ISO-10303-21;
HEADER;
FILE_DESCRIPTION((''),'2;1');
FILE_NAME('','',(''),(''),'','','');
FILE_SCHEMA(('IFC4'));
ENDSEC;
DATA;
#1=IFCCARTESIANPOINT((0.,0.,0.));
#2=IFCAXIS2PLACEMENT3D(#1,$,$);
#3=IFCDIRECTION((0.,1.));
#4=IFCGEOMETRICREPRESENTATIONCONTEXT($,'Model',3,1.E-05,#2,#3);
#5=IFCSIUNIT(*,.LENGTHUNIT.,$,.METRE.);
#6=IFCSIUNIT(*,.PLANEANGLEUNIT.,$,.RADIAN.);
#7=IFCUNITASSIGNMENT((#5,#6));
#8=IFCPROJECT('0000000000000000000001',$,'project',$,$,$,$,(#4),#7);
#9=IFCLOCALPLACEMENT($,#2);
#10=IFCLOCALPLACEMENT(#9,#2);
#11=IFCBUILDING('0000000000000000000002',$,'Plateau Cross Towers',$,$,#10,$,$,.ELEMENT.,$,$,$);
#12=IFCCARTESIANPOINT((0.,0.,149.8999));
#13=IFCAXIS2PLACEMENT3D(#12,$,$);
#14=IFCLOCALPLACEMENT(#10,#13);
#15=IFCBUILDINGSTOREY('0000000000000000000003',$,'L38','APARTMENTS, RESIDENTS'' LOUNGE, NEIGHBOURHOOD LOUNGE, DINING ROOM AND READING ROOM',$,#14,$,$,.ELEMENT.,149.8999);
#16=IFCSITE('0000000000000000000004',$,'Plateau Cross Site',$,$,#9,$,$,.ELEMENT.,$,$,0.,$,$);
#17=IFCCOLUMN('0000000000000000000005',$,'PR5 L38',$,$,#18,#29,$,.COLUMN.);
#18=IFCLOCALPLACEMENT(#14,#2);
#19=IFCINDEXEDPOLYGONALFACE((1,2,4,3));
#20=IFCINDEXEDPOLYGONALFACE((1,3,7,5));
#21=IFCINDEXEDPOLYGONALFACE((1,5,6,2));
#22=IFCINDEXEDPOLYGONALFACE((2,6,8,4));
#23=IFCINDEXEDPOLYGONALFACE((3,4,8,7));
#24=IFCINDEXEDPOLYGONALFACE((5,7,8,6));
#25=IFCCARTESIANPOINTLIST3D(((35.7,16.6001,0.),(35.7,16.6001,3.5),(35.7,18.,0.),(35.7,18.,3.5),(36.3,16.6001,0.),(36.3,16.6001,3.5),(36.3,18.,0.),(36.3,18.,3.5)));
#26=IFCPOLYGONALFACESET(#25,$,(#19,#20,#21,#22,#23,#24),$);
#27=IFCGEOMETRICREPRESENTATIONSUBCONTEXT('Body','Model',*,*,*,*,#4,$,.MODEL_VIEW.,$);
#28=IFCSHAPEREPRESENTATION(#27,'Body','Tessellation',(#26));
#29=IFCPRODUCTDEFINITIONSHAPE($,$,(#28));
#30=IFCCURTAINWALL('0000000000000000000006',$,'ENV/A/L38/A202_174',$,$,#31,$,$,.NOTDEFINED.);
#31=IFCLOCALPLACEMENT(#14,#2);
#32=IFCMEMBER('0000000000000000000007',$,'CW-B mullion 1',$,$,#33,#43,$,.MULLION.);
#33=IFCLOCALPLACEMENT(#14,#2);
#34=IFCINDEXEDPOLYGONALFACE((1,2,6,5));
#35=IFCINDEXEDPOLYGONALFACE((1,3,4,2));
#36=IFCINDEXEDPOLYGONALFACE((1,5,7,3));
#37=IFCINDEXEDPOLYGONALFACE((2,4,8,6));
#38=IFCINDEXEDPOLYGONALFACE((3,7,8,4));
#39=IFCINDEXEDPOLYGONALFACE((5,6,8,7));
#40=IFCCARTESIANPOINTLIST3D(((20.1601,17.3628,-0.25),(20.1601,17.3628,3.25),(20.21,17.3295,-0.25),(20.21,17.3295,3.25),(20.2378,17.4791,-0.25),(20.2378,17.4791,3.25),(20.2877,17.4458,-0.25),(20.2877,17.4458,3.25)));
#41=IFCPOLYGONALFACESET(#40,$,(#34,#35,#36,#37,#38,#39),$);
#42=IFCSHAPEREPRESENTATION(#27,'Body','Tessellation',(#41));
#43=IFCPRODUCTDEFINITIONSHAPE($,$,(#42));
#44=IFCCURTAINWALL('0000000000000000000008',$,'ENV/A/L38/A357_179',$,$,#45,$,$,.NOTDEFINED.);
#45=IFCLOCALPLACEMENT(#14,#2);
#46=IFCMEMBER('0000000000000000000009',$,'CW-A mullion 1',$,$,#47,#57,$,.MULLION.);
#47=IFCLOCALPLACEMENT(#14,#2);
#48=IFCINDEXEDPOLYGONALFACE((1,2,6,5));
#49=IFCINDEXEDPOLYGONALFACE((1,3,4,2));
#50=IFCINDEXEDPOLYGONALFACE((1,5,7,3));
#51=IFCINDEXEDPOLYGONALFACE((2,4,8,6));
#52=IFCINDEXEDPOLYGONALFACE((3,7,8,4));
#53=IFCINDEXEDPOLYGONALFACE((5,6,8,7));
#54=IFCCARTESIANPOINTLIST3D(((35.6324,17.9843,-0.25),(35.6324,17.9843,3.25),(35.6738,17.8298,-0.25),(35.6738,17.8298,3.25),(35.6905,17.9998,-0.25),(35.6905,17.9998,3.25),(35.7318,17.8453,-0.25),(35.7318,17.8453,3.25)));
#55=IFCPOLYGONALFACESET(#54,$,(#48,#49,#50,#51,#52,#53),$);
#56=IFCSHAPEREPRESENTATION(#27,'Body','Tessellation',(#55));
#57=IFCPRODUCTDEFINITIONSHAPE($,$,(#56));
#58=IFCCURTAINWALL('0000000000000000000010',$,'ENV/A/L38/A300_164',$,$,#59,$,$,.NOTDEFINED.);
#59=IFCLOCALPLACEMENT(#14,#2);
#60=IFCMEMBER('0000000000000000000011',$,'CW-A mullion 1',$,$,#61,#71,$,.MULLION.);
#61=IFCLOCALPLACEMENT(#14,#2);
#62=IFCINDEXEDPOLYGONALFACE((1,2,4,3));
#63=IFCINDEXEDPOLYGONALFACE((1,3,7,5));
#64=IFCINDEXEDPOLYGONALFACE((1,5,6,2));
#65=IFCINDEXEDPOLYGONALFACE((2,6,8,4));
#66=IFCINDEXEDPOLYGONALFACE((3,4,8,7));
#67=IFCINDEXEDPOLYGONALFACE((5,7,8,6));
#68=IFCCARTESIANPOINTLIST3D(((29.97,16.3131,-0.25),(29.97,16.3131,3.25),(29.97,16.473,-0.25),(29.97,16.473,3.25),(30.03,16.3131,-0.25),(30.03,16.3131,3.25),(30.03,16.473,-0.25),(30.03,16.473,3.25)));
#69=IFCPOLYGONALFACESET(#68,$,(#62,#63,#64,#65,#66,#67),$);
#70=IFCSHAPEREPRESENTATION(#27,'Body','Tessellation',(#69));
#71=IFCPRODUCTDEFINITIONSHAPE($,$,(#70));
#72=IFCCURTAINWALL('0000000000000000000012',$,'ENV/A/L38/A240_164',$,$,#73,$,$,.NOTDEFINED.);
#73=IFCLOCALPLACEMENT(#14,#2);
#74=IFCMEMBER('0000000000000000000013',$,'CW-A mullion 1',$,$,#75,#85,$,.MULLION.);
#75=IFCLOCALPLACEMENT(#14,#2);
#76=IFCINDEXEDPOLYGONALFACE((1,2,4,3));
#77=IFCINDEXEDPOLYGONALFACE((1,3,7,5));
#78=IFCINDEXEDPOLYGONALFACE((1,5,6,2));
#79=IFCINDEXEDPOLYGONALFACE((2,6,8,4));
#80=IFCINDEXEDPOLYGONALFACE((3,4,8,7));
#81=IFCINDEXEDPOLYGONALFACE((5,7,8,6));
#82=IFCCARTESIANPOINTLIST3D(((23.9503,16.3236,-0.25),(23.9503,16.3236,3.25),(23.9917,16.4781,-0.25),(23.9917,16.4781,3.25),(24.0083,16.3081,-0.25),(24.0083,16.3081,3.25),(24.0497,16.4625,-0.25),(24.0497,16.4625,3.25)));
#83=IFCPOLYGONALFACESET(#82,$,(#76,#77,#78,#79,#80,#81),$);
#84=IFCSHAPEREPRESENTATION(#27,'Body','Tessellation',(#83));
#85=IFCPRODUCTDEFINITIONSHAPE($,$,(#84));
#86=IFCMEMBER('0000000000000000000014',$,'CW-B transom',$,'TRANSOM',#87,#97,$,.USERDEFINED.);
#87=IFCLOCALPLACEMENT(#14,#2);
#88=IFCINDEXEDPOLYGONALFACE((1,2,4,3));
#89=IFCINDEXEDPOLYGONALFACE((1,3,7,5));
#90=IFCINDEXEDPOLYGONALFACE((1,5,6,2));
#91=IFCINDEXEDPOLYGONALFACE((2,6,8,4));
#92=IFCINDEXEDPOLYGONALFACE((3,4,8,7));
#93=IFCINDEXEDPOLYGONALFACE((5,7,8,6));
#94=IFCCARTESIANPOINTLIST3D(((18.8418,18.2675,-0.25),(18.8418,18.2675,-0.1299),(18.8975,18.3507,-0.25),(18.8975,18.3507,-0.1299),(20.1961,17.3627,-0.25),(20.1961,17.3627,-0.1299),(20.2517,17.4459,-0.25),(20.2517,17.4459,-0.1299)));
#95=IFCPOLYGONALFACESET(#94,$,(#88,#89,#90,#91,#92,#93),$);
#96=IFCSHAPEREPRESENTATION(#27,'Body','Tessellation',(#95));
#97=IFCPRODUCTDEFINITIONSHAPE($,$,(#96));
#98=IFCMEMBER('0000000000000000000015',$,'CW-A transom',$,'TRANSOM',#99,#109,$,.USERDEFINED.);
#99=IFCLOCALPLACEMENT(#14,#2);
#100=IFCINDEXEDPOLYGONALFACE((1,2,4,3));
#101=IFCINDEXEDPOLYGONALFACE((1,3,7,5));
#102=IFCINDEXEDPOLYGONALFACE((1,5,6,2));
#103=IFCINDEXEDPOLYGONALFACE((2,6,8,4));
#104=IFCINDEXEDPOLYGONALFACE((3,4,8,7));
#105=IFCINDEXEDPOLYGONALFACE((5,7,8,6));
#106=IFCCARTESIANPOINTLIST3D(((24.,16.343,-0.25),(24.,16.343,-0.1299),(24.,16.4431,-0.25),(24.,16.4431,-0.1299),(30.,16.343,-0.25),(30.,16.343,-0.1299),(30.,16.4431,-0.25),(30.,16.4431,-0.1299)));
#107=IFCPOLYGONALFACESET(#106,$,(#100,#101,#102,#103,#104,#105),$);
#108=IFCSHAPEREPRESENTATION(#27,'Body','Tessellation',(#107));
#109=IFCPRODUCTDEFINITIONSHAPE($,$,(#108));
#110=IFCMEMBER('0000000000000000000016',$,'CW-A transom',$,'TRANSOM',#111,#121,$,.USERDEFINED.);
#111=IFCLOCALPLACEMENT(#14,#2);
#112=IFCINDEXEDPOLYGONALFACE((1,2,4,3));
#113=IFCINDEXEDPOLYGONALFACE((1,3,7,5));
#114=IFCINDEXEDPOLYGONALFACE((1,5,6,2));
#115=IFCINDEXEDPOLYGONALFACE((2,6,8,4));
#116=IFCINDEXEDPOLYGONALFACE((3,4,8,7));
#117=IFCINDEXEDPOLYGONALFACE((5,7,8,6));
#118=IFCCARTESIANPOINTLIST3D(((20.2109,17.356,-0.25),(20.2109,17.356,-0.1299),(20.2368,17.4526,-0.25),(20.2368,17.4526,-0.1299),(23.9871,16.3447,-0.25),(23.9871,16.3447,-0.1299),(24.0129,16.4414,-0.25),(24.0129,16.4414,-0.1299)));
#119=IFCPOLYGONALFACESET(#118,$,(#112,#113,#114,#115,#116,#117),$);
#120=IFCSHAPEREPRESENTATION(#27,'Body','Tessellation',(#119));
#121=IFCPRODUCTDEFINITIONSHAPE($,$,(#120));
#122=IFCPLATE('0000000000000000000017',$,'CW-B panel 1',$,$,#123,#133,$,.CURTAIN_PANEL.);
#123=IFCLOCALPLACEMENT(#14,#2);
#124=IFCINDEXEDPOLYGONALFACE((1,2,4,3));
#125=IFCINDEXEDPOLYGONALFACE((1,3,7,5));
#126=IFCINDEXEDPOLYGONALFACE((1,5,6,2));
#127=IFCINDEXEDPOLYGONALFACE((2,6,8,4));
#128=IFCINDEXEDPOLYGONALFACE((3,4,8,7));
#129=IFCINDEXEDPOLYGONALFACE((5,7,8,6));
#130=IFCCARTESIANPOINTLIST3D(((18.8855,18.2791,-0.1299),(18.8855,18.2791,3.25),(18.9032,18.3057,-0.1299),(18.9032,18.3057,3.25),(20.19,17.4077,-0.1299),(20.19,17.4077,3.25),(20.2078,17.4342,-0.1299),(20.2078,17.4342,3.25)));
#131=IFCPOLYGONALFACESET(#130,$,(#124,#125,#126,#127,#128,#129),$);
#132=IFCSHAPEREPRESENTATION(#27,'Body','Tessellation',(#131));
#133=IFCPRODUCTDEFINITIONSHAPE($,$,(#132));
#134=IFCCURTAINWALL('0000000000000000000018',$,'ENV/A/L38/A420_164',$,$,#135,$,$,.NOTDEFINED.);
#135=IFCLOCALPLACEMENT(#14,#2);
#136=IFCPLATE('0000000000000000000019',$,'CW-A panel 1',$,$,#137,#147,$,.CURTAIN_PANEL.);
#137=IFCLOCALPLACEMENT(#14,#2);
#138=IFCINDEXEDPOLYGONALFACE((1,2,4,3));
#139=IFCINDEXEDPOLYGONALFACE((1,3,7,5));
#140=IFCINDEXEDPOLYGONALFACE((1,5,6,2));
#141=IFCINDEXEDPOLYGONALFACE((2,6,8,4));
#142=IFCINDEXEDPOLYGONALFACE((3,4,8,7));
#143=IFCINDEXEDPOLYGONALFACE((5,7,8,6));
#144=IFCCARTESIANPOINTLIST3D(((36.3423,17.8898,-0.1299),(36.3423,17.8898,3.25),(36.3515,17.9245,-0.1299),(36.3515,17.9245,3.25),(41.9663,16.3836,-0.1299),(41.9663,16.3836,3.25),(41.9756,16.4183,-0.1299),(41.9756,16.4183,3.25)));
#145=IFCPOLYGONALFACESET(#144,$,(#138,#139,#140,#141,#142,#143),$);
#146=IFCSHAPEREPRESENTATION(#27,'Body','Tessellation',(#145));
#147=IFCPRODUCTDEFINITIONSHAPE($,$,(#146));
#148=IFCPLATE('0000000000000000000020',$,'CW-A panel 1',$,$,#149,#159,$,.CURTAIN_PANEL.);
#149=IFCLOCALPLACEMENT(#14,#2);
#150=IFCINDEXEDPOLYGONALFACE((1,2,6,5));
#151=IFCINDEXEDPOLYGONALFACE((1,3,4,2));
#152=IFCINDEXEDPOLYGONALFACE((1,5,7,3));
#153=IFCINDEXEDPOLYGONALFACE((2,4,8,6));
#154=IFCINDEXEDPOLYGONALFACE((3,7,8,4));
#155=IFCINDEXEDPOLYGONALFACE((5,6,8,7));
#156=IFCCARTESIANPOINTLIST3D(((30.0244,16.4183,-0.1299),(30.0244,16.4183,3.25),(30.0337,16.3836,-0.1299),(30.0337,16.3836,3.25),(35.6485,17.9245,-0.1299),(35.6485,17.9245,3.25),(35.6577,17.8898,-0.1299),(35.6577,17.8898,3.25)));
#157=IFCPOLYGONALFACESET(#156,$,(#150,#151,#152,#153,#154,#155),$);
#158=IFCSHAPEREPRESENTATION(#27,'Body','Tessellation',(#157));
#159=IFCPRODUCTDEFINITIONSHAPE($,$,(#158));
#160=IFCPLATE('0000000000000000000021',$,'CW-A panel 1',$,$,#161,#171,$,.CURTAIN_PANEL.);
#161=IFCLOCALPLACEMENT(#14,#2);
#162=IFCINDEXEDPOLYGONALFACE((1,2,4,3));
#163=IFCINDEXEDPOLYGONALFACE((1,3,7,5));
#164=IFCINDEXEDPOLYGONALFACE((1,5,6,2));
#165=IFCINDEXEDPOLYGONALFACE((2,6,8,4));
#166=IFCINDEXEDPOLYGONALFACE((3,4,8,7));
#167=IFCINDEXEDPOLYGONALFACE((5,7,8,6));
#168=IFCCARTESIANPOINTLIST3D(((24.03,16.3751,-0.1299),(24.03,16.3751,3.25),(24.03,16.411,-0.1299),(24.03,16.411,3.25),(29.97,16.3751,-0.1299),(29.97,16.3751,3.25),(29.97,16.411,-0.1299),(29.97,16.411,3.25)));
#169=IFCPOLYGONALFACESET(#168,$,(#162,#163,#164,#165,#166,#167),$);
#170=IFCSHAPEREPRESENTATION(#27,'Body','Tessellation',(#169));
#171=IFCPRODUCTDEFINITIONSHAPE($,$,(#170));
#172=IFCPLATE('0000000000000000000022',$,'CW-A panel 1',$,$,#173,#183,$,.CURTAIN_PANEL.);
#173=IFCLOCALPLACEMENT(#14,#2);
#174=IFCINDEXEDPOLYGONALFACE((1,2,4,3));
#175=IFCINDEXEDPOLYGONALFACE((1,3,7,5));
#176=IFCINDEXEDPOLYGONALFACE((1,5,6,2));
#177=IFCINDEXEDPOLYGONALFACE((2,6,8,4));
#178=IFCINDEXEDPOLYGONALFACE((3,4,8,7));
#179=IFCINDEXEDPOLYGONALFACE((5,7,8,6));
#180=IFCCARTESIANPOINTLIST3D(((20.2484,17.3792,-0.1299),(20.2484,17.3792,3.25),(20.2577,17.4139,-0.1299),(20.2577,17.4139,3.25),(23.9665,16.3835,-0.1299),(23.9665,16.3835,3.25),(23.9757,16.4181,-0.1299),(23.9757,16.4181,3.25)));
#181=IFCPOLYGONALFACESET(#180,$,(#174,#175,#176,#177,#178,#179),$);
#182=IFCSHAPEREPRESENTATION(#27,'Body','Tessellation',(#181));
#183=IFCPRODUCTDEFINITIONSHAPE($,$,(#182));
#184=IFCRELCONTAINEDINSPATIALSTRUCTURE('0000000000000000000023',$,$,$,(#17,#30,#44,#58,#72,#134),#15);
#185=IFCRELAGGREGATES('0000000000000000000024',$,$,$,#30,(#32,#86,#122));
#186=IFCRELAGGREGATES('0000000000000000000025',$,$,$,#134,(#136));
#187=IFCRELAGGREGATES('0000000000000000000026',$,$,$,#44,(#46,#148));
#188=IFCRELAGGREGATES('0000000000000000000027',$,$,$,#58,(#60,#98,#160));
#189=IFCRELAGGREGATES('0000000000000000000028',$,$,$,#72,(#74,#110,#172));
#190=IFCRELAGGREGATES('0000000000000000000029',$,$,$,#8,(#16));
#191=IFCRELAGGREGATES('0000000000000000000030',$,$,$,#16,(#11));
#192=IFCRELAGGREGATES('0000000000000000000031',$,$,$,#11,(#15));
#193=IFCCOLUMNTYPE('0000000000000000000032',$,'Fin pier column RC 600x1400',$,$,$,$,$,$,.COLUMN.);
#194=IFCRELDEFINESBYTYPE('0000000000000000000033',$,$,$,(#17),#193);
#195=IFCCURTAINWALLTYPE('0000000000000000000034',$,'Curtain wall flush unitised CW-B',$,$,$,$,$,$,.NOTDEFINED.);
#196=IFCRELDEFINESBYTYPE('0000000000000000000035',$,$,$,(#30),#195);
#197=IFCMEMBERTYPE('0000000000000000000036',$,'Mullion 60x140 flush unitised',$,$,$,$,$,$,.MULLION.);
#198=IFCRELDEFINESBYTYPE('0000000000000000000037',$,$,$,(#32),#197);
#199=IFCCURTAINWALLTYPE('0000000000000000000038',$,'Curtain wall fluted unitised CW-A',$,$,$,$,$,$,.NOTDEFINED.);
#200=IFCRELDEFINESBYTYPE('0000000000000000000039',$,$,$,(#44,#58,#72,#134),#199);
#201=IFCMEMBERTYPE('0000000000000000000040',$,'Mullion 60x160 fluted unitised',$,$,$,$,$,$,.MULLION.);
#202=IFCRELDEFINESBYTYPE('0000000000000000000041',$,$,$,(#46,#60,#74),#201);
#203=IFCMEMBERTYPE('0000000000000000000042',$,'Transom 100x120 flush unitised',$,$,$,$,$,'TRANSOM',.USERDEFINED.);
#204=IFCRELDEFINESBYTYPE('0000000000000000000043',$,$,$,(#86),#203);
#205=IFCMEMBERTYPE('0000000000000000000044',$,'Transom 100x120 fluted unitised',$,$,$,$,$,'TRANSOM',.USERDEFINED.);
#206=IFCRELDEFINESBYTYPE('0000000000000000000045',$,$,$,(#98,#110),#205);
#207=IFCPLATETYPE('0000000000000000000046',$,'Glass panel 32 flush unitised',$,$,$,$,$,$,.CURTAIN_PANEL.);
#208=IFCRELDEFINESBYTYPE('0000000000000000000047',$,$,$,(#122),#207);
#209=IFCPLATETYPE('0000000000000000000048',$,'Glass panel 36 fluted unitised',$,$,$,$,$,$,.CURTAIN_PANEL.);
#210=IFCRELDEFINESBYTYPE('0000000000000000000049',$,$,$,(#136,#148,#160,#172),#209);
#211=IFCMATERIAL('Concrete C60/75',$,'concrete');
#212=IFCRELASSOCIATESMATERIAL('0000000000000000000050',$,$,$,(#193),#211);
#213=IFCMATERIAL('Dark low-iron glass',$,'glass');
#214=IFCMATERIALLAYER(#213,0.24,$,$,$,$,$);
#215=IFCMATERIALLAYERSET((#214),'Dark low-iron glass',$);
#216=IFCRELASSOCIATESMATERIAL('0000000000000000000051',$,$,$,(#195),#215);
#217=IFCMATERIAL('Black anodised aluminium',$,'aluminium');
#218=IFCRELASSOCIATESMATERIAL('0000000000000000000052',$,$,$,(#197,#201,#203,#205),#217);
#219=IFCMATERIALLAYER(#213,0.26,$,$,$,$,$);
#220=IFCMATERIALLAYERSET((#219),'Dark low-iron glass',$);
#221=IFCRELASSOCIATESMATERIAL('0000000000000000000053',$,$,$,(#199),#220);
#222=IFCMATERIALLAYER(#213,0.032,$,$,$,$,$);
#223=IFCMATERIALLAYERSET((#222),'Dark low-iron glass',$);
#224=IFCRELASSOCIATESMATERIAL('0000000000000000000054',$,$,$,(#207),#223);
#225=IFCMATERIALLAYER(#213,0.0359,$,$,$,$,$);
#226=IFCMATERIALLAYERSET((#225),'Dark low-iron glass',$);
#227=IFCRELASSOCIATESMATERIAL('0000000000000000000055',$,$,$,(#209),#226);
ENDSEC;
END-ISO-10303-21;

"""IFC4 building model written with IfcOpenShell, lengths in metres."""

from ifc_helpers import new_model, si_unit, direction, frame, origin, origin_2d, place, context, subcontext, project, spatial, rectangle, extrude, material, layer, layer_set, material_profile, profile_set, type_object, element, aggregate, save


model = new_model("IFC4")

# Units and contexts
model_context = context("Model", 3, precision=1e-05, world=origin(), true_north=direction((0.0, 1.0)))
body_context = subcontext(model_context, "Body", "Model", "MODEL_VIEW")
ifc_project = project(units=[si_unit("LENGTHUNIT", "METRE"), si_unit("PLANEANGLEUNIT", "RADIAN")], contexts=[model_context])

# Site, building, storey
site_placement = place(None, origin())
site = spatial("IfcSite", under=ifc_project, at=site_placement, Name="Plateau Cross Site", CompositionType="ELEMENT", RefElevation=0.0)
building_placement = place(site_placement, origin())
building = spatial("IfcBuilding", under=site, at=building_placement, Name="Plateau Cross Towers", CompositionType="ELEMENT")
storey_placement = place(building_placement, frame((0.0, 0.0, 149.8999)))
storey = spatial("IfcBuildingStorey", under=building, at=storey_placement, Name="L38", Description="APARTMENTS, RESIDENTS' LOUNGE, NEIGHBOURHOOD LOUNGE, DINING ROOM AND READING ROOM", CompositionType="ELEMENT", Elevation=149.8999)

# Column
ifc_material_1 = material(Name="Concrete C60/75", Category="concrete")
ifc_material_profile_1 = material_profile(ifc_material_1, rectangle(XDim=0.6001, YDim=1.3999, at=origin_2d()), Name="RC 600x1400")
ifc_profile_set_1 = profile_set([ifc_material_profile_1], Name="Concrete C60/75")
column_type = type_object("IfcColumnType", Name="Fin pier column RC 600x1400", PredefinedType="COLUMN", material=ifc_profile_set_1)
column_placement = place(storey_placement, frame((36.0, 17.3, 0.0), z_axis=(0.0, 0.0, 1.0), x_axis=(1.0, 0.0, 0.0)))
element("IfcColumn", 1, at=column_placement, inside=storey, type_object=column_type, Name="PR5 L38", PredefinedType="COLUMN", context=body_context, shape_type="SweptSolid", body=[
    extrude(rectangle(XDim=0.6001, YDim=1.3999, at=origin_2d()), origin(), (0.0, 0.0, 1.0), 3.5),
])

# Curtain walls, members
ifc_material_2 = material(Name="Dark low-iron glass", Category="glass")
ifc_layer_1 = layer(ifc_material_2, 0.24)
ifc_layer_set_1 = layer_set([ifc_layer_1], Name="Dark low-iron glass")
curtain_wall_type_1 = type_object("IfcCurtainWallType", Name="Curtain wall flush unitised CW-B", PredefinedType="NOTDEFINED", material=ifc_layer_set_1)
curtain_wall_1_placement = place(storey_placement, origin())
curtain_wall_1 = element("IfcCurtainWall", 2, at=curtain_wall_1_placement, inside=storey, type_object=curtain_wall_type_1, Name="ENV/A/L38/A202_174", PredefinedType="NOTDEFINED")
ifc_material_3 = material(Name="Black anodised aluminium", Category="aluminium")
ifc_material_profile_2 = material_profile(ifc_material_3, rectangle(XDim=0.0601, YDim=0.1399, at=origin_2d()), Name="MULLION 60x140")
ifc_profile_set_2 = profile_set([ifc_material_profile_2], Name="Black anodised aluminium")
member_type_1 = type_object("IfcMemberType", Name="Mullion 60x140 flush unitised", PredefinedType="MULLION", material=ifc_profile_set_2)
member_1_placement = place(storey_placement, frame((20.2239, 17.4043, -0.25), z_axis=(0.0, 0.0, 1.0), x_axis=(-0.831521, 0.555493, 0.0)))
member_1 = element("IfcMember", 3, at=member_1_placement, type_object=member_type_1, Name="CW-B mullion 1", PredefinedType="MULLION", context=body_context, shape_type="SweptSolid", body=[
    extrude(rectangle(XDim=0.0601, YDim=0.1399, at=origin_2d()), origin(), (0.0, 0.0, 1.0), 3.5),
])
ifc_layer_2 = layer(ifc_material_2, 0.26)
ifc_layer_set_2 = layer_set([ifc_layer_2], Name="Dark low-iron glass")
curtain_wall_type_2 = type_object("IfcCurtainWallType", Name="Curtain wall fluted unitised CW-A", PredefinedType="NOTDEFINED", material=ifc_layer_set_2)
curtain_wall_2_placement = place(storey_placement, origin())
curtain_wall_2 = element("IfcCurtainWall", 4, at=curtain_wall_2_placement, inside=storey, type_object=curtain_wall_type_2, Name="ENV/A/L38/A357_179", PredefinedType="NOTDEFINED")
ifc_material_profile_3 = material_profile(ifc_material_3, rectangle(XDim=0.0601, YDim=0.1599, at=origin_2d()), Name="MULLION 60x160")
ifc_profile_set_3 = profile_set([ifc_material_profile_3], Name="Black anodised aluminium")
member_type_2 = type_object("IfcMemberType", Name="Mullion 60x160 fluted unitised", PredefinedType="MULLION", material=ifc_profile_set_3)
member_2_placement = place(storey_placement, frame((35.6821, 17.9148, -0.25), z_axis=(0.0, 0.0, 1.0), x_axis=(-0.965958, -0.258699, 0.0)))
member_2 = element("IfcMember", 5, at=member_2_placement, type_object=member_type_2, Name="CW-A mullion 1", PredefinedType="MULLION", context=body_context, shape_type="SweptSolid", body=[
    extrude(rectangle(XDim=0.0601, YDim=0.1599, at=origin_2d()), origin(), (0.0, 0.0, 1.0), 3.5),
])
curtain_wall_3_placement = place(storey_placement, origin())
curtain_wall_3 = element("IfcCurtainWall", 6, at=curtain_wall_3_placement, inside=storey, type_object=curtain_wall_type_2, Name="ENV/A/L38/A300_164", PredefinedType="NOTDEFINED")
member_3_placement = place(storey_placement, frame((30.0, 16.3931, -0.25), z_axis=(0.0, 0.0, 1.0), x_axis=(-1.0, 0.0, 0.0)))
member_3 = element("IfcMember", 7, at=member_3_placement, type_object=member_type_2, Name="CW-A mullion 1", PredefinedType="MULLION", context=body_context, shape_type="SweptSolid", body=[
    extrude(rectangle(XDim=0.0601, YDim=0.1599, at=origin_2d()), origin(), (0.0, 0.0, 1.0), 3.5),
])
curtain_wall_4_placement = place(storey_placement, origin())
curtain_wall_4 = element("IfcCurtainWall", 8, at=curtain_wall_4_placement, inside=storey, type_object=curtain_wall_type_2, Name="ENV/A/L38/A240_164", PredefinedType="NOTDEFINED")
member_4_placement = place(storey_placement, frame((24.0, 16.3931, -0.25), z_axis=(0.0, 0.0, 1.0), x_axis=(-0.965958, 0.258699, 0.0)))
member_4 = element("IfcMember", 9, at=member_4_placement, type_object=member_type_2, Name="CW-A mullion 1", PredefinedType="MULLION", context=body_context, shape_type="SweptSolid", body=[
    extrude(rectangle(XDim=0.0601, YDim=0.1599, at=origin_2d()), origin(), (0.0, 0.0, 1.0), 3.5),
])

# Members
ifc_material_profile_4 = material_profile(ifc_material_3, rectangle(XDim=0.1001, YDim=0.1201, at=origin_2d()), Name="TRANSOM 100x120")
ifc_profile_set_4 = profile_set([ifc_material_profile_4], Name="Black anodised aluminium")
member_type_3 = type_object("IfcMemberType", Name="Transom 100x120 flush unitised", ElementType="TRANSOM", PredefinedType="USERDEFINED", material=ifc_profile_set_4)
member_5_placement = place(storey_placement, frame((20.2239, 17.4043, -0.1899), z_axis=(-0.831496, 0.55553, 0.0), x_axis=(-0.55553, -0.831496, 0.0)))
member_5 = element("IfcMember", 10, at=member_5_placement, type_object=member_type_3, Name="CW-B transom", ObjectType="TRANSOM", PredefinedType="USERDEFINED", context=body_context, shape_type="SweptSolid", body=[
    extrude(rectangle(XDim=0.1001, YDim=0.1201, at=origin_2d()), origin(), (0.0, 0.0, 1.0), 1.6287),
])
ifc_material_profile_5 = material_profile(ifc_material_3, rectangle(XDim=0.1001, YDim=0.1201, at=origin_2d()), Name="TRANSOM 100x120")
ifc_profile_set_5 = profile_set([ifc_material_profile_5], Name="Black anodised aluminium")
member_type_4 = type_object("IfcMemberType", Name="Transom 100x120 fluted unitised", ElementType="TRANSOM", PredefinedType="USERDEFINED", material=ifc_profile_set_5)
member_6_placement = place(storey_placement, frame((30.0, 16.3931, -0.1899), z_axis=(-1.0, 0.0, 0.0), x_axis=(0.0, -1.0, 0.0)))
member_6 = element("IfcMember", 11, at=member_6_placement, type_object=member_type_4, Name="CW-A transom", ObjectType="TRANSOM", PredefinedType="USERDEFINED", context=body_context, shape_type="SweptSolid", body=[
    extrude(rectangle(XDim=0.1001, YDim=0.1201, at=origin_2d()), origin(), (0.0, 0.0, 1.0), 6.0),
])
member_7_placement = place(storey_placement, frame((24.0, 16.3931, -0.1899), z_axis=(-0.965963, 0.258681, 0.0), x_axis=(-0.258681, -0.965963, 0.0)))
member_7 = element("IfcMember", 12, at=member_7_placement, type_object=member_type_4, Name="CW-A transom", ObjectType="TRANSOM", PredefinedType="USERDEFINED", context=body_context, shape_type="SweptSolid", body=[
    extrude(rectangle(XDim=0.1001, YDim=0.1201, at=origin_2d()), origin(), (0.0, 0.0, 1.0), 3.9092),
])

# Plate
ifc_layer_3 = layer(ifc_material_2, 0.032)
ifc_layer_set_3 = layer_set([ifc_layer_3], Name="Dark low-iron glass")
plate_type_1 = type_object("IfcPlateType", Name="Glass panel 32 flush unitised", PredefinedType="CURTAIN_PANEL", material=ifc_layer_set_3)
plate_1_placement = place(storey_placement, frame((19.5466, 17.8567, -0.1299), z_axis=(0.0, 0.0, 1.0), x_axis=(-0.831521, 0.555493, 0.0)))
plate_1 = element("IfcPlate", 13, at=plate_1_placement, type_object=plate_type_1, Name="CW-B panel 1", PredefinedType="CURTAIN_PANEL", context=body_context, shape_type="SweptSolid", body=[
    extrude(rectangle(XDim=1.5688, YDim=0.032, at=origin_2d()), origin(), (0.0, 0.0, 1.0), 3.3799),
])
aggregate(curtain_wall_1, [member_1, member_5, plate_1])

# Curtain wall, plate
curtain_wall_5_placement = place(storey_placement, origin())
curtain_wall_5 = element("IfcCurtainWall", 14, at=curtain_wall_5_placement, inside=storey, type_object=curtain_wall_type_2, Name="ENV/A/L38/A420_164", PredefinedType="NOTDEFINED")
ifc_layer_4 = layer(ifc_material_2, 0.0359)
ifc_layer_set_4 = layer_set([ifc_layer_4], Name="Dark low-iron glass")
plate_type_2 = type_object("IfcPlateType", Name="Glass panel 36 fluted unitised", PredefinedType="CURTAIN_PANEL", material=ifc_layer_set_4)
plate_2_placement = place(storey_placement, frame((39.1589, 17.1541, -0.1299), z_axis=(0.0, 0.0, 1.0), x_axis=(-0.965958, 0.258699, 0.0)))
plate_2 = element("IfcPlate", 15, at=plate_2_placement, type_object=plate_type_2, Name="CW-A panel 1", PredefinedType="CURTAIN_PANEL", context=body_context, shape_type="SweptSolid", body=[
    extrude(rectangle(XDim=5.8223, YDim=0.0359, at=origin_2d()), origin(), (0.0, 0.0, 1.0), 3.3799),
])
aggregate(curtain_wall_5, [plate_2])

# Plates
plate_3_placement = place(storey_placement, frame((32.8411, 17.1541, -0.1299), z_axis=(0.0, 0.0, 1.0), x_axis=(-0.965958, -0.258699, 0.0)))
plate_3 = element("IfcPlate", 16, at=plate_3_placement, type_object=plate_type_2, Name="CW-A panel 1", PredefinedType="CURTAIN_PANEL", context=body_context, shape_type="SweptSolid", body=[
    extrude(rectangle(XDim=5.8223, YDim=0.0359, at=origin_2d()), origin(), (0.0, 0.0, 1.0), 3.3799),
])
aggregate(curtain_wall_2, [member_2, plate_3])
plate_4_placement = place(storey_placement, frame((27.0, 16.3931, -0.1299), z_axis=(0.0, 0.0, 1.0), x_axis=(-1.0, 0.0, 0.0)))
plate_4 = element("IfcPlate", 17, at=plate_4_placement, type_object=plate_type_2, Name="CW-A panel 1", PredefinedType="CURTAIN_PANEL", context=body_context, shape_type="SweptSolid", body=[
    extrude(rectangle(XDim=5.9399, YDim=0.0359, at=origin_2d()), origin(), (0.0, 0.0, 1.0), 3.3799),
])
aggregate(curtain_wall_3, [member_3, member_6, plate_4])
plate_5_placement = place(storey_placement, frame((22.1121, 16.8987, -0.1299), z_axis=(0.0, 0.0, 1.0), x_axis=(-0.965958, 0.258699, 0.0)))
plate_5 = element("IfcPlate", 18, at=plate_5_placement, type_object=plate_type_2, Name="CW-A panel 1", PredefinedType="CURTAIN_PANEL", context=body_context, shape_type="SweptSolid", body=[
    extrude(rectangle(XDim=3.8491, YDim=0.0359, at=origin_2d()), origin(), (0.0, 0.0, 1.0), 3.3799),
])
aggregate(curtain_wall_4, [member_4, member_7, plate_5])

save(model, "model.ifc")
